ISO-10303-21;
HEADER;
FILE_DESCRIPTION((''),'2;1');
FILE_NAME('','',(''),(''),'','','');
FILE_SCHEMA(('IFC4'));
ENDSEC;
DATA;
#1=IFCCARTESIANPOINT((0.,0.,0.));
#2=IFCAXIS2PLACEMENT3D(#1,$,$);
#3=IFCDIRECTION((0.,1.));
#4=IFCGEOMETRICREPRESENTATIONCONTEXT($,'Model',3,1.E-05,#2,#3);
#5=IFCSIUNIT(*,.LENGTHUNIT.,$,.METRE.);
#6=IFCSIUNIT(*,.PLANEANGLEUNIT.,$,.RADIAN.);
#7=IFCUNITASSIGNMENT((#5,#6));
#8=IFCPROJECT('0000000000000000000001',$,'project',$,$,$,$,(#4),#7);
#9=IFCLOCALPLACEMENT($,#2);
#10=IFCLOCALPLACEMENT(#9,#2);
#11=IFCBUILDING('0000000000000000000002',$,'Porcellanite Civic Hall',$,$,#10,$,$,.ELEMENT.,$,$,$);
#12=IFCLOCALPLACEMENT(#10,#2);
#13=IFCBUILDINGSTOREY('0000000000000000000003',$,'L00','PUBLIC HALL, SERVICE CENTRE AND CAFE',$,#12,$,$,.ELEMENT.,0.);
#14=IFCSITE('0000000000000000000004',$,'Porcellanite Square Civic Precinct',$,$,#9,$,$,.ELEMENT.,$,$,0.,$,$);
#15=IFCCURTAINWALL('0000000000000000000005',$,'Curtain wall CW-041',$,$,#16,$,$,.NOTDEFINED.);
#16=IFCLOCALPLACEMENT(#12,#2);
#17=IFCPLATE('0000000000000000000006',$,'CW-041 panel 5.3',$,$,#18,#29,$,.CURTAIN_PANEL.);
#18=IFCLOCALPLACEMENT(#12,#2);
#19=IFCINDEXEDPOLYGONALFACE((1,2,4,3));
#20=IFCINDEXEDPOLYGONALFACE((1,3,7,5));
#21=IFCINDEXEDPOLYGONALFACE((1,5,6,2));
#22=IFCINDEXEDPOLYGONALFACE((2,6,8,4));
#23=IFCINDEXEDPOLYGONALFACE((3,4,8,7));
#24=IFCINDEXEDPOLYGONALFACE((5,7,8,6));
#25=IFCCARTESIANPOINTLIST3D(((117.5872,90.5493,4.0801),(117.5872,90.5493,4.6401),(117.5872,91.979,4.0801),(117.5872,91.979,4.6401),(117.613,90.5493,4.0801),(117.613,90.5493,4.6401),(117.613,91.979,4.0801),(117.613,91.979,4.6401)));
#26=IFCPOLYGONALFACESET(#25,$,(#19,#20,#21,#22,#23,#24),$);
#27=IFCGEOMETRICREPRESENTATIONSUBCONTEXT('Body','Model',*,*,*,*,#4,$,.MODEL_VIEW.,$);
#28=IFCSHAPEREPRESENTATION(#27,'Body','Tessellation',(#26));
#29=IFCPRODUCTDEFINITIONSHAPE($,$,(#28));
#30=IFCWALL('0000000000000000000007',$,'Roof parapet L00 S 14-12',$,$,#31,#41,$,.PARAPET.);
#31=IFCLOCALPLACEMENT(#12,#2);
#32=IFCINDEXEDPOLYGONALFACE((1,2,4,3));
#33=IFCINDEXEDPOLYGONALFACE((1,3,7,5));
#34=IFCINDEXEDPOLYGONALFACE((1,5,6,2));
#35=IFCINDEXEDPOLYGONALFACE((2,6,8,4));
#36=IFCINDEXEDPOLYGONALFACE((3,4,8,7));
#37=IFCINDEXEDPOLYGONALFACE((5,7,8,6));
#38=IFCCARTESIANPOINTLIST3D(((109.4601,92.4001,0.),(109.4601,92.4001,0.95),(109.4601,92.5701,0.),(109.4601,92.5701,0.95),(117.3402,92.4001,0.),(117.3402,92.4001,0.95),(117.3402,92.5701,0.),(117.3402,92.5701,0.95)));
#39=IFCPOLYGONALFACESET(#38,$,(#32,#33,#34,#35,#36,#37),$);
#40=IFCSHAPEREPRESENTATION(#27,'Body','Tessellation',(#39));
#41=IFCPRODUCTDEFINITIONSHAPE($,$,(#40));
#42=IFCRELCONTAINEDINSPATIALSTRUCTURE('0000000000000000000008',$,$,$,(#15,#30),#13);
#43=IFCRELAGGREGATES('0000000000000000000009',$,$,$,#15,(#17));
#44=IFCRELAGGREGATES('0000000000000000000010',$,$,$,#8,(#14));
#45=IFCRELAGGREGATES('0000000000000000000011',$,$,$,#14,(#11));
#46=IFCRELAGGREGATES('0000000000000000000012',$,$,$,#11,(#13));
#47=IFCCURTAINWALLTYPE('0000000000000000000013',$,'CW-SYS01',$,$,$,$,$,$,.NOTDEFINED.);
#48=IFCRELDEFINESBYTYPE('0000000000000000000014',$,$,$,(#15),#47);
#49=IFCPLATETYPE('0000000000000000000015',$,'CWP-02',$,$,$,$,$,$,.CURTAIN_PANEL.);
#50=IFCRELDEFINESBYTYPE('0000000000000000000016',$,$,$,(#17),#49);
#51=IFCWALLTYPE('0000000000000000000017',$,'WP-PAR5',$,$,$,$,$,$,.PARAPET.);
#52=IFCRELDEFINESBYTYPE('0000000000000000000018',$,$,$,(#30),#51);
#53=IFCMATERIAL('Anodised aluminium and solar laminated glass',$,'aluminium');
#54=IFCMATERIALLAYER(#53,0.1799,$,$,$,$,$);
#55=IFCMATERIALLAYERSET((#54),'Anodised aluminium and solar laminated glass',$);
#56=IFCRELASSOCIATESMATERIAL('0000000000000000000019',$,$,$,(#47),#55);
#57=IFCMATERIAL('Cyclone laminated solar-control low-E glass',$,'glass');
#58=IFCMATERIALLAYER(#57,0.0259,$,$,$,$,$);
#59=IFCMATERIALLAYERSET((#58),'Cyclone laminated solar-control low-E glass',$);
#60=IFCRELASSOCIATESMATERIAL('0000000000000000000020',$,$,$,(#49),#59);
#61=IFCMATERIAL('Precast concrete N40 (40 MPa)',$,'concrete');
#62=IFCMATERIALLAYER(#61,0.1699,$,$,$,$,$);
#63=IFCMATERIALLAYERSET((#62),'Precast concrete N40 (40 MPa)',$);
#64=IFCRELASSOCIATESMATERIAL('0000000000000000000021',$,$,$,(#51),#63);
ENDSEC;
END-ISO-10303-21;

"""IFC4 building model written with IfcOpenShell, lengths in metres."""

from ifc_helpers import new_model, si_unit, direction, frame, frame_2d, origin, origin_2d, place, context, subcontext, project, spatial, rectangle, extrude, material, layer, layer_set, type_object, element, aggregate, save


model = new_model("IFC4")

# Units and contexts
model_context = context("Model", 3, precision=1e-05, world=origin(), true_north=direction((0.0, 1.0)))
body_context = subcontext(model_context, "Body", "Model", "MODEL_VIEW")
ifc_project = project(units=[si_unit("LENGTHUNIT", "METRE"), si_unit("PLANEANGLEUNIT", "RADIAN")], contexts=[model_context])

# Site, building, storey
site_placement = place(None, origin())
site = spatial("IfcSite", under=ifc_project, at=site_placement, Name="Porcellanite Square Civic Precinct", CompositionType="ELEMENT", RefElevation=0.0)
building_placement = place(site_placement, origin())
building = spatial("IfcBuilding", under=site, at=building_placement, Name="Porcellanite Civic Hall", CompositionType="ELEMENT")
storey_placement = place(building_placement, origin())
storey = spatial("IfcBuildingStorey", under=building, at=storey_placement, Name="L00", Description="PUBLIC HALL, SERVICE CENTRE AND CAFE", CompositionType="ELEMENT", Elevation=0.0)

# Curtain wall
ifc_material_1 = material(Name="Anodised aluminium and solar laminated glass", Category="aluminium")
ifc_layer_1 = layer(ifc_material_1, 0.1799)
ifc_layer_set_1 = layer_set([ifc_layer_1], Name="Anodised aluminium and solar laminated glass")
curtain_wall_type_1 = type_object("IfcCurtainWallType", Name="CW-SYS01", PredefinedType="NOTDEFINED", material=ifc_layer_set_1)
curtain_wall_1_placement = place(storey_placement, origin())
curtain_wall_1 = element("IfcCurtainWall", 1, at=curtain_wall_1_placement, inside=storey, type_object=curtain_wall_type_1, Name="Curtain wall CW-041", PredefinedType="NOTDEFINED")

# Plate
ifc_material_2 = material(Name="Cyclone laminated solar-control low-E glass", Category="glass")
ifc_layer_2 = layer(ifc_material_2, 0.0259)
ifc_layer_set_2 = layer_set([ifc_layer_2], Name="Cyclone laminated solar-control low-E glass")
plate_type = type_object("IfcPlateType", Name="CWP-02", PredefinedType="CURTAIN_PANEL", material=ifc_layer_set_2)
plate_1_placement = place(storey_placement, frame((117.6001, 91.2642, 4.0801), z_axis=(0.0, 0.0, 1.0), x_axis=(0.0, 1.0, 0.0)))
plate_1 = element("IfcPlate", 2, at=plate_1_placement, type_object=plate_type, Name="CW-041 panel 5.3", PredefinedType="CURTAIN_PANEL", context=body_context, shape_type="SweptSolid", body=[
    extrude(rectangle(XDim=1.4297, YDim=0.0259, at=origin_2d()), origin(), (0.0, 0.0, 1.0), 0.5601),
])
aggregate(curtain_wall_1, [plate_1])

# Wall
ifc_material_3 = material(Name="Precast concrete N40 (40 MPa)", Category="concrete")
ifc_layer_3 = layer(ifc_material_3, 0.1699)
ifc_layer_set_3 = layer_set([ifc_layer_3], Name="Precast concrete N40 (40 MPa)")
wall_type = type_object("IfcWallType", Name="WP-PAR5", PredefinedType="PARAPET", material=ifc_layer_set_3)
wall_placement = place(storey_placement, frame((117.3401, 92.4851, 0.0), z_axis=(0.0, 0.0, 1.0), x_axis=(-1.0, 0.0, 0.0)))
element("IfcWall", 3, at=wall_placement, inside=storey, type_object=wall_type, Name="Roof parapet L00 S 14-12", PredefinedType="PARAPET", context=body_context, shape_type="SweptSolid", body=[
    extrude(rectangle(XDim=7.8801, YDim=0.1699, at=frame_2d((3.9399, 0.0))), origin(), (0.0, 0.0, 1.0), 0.95),
])

save(model, "model.ifc")
